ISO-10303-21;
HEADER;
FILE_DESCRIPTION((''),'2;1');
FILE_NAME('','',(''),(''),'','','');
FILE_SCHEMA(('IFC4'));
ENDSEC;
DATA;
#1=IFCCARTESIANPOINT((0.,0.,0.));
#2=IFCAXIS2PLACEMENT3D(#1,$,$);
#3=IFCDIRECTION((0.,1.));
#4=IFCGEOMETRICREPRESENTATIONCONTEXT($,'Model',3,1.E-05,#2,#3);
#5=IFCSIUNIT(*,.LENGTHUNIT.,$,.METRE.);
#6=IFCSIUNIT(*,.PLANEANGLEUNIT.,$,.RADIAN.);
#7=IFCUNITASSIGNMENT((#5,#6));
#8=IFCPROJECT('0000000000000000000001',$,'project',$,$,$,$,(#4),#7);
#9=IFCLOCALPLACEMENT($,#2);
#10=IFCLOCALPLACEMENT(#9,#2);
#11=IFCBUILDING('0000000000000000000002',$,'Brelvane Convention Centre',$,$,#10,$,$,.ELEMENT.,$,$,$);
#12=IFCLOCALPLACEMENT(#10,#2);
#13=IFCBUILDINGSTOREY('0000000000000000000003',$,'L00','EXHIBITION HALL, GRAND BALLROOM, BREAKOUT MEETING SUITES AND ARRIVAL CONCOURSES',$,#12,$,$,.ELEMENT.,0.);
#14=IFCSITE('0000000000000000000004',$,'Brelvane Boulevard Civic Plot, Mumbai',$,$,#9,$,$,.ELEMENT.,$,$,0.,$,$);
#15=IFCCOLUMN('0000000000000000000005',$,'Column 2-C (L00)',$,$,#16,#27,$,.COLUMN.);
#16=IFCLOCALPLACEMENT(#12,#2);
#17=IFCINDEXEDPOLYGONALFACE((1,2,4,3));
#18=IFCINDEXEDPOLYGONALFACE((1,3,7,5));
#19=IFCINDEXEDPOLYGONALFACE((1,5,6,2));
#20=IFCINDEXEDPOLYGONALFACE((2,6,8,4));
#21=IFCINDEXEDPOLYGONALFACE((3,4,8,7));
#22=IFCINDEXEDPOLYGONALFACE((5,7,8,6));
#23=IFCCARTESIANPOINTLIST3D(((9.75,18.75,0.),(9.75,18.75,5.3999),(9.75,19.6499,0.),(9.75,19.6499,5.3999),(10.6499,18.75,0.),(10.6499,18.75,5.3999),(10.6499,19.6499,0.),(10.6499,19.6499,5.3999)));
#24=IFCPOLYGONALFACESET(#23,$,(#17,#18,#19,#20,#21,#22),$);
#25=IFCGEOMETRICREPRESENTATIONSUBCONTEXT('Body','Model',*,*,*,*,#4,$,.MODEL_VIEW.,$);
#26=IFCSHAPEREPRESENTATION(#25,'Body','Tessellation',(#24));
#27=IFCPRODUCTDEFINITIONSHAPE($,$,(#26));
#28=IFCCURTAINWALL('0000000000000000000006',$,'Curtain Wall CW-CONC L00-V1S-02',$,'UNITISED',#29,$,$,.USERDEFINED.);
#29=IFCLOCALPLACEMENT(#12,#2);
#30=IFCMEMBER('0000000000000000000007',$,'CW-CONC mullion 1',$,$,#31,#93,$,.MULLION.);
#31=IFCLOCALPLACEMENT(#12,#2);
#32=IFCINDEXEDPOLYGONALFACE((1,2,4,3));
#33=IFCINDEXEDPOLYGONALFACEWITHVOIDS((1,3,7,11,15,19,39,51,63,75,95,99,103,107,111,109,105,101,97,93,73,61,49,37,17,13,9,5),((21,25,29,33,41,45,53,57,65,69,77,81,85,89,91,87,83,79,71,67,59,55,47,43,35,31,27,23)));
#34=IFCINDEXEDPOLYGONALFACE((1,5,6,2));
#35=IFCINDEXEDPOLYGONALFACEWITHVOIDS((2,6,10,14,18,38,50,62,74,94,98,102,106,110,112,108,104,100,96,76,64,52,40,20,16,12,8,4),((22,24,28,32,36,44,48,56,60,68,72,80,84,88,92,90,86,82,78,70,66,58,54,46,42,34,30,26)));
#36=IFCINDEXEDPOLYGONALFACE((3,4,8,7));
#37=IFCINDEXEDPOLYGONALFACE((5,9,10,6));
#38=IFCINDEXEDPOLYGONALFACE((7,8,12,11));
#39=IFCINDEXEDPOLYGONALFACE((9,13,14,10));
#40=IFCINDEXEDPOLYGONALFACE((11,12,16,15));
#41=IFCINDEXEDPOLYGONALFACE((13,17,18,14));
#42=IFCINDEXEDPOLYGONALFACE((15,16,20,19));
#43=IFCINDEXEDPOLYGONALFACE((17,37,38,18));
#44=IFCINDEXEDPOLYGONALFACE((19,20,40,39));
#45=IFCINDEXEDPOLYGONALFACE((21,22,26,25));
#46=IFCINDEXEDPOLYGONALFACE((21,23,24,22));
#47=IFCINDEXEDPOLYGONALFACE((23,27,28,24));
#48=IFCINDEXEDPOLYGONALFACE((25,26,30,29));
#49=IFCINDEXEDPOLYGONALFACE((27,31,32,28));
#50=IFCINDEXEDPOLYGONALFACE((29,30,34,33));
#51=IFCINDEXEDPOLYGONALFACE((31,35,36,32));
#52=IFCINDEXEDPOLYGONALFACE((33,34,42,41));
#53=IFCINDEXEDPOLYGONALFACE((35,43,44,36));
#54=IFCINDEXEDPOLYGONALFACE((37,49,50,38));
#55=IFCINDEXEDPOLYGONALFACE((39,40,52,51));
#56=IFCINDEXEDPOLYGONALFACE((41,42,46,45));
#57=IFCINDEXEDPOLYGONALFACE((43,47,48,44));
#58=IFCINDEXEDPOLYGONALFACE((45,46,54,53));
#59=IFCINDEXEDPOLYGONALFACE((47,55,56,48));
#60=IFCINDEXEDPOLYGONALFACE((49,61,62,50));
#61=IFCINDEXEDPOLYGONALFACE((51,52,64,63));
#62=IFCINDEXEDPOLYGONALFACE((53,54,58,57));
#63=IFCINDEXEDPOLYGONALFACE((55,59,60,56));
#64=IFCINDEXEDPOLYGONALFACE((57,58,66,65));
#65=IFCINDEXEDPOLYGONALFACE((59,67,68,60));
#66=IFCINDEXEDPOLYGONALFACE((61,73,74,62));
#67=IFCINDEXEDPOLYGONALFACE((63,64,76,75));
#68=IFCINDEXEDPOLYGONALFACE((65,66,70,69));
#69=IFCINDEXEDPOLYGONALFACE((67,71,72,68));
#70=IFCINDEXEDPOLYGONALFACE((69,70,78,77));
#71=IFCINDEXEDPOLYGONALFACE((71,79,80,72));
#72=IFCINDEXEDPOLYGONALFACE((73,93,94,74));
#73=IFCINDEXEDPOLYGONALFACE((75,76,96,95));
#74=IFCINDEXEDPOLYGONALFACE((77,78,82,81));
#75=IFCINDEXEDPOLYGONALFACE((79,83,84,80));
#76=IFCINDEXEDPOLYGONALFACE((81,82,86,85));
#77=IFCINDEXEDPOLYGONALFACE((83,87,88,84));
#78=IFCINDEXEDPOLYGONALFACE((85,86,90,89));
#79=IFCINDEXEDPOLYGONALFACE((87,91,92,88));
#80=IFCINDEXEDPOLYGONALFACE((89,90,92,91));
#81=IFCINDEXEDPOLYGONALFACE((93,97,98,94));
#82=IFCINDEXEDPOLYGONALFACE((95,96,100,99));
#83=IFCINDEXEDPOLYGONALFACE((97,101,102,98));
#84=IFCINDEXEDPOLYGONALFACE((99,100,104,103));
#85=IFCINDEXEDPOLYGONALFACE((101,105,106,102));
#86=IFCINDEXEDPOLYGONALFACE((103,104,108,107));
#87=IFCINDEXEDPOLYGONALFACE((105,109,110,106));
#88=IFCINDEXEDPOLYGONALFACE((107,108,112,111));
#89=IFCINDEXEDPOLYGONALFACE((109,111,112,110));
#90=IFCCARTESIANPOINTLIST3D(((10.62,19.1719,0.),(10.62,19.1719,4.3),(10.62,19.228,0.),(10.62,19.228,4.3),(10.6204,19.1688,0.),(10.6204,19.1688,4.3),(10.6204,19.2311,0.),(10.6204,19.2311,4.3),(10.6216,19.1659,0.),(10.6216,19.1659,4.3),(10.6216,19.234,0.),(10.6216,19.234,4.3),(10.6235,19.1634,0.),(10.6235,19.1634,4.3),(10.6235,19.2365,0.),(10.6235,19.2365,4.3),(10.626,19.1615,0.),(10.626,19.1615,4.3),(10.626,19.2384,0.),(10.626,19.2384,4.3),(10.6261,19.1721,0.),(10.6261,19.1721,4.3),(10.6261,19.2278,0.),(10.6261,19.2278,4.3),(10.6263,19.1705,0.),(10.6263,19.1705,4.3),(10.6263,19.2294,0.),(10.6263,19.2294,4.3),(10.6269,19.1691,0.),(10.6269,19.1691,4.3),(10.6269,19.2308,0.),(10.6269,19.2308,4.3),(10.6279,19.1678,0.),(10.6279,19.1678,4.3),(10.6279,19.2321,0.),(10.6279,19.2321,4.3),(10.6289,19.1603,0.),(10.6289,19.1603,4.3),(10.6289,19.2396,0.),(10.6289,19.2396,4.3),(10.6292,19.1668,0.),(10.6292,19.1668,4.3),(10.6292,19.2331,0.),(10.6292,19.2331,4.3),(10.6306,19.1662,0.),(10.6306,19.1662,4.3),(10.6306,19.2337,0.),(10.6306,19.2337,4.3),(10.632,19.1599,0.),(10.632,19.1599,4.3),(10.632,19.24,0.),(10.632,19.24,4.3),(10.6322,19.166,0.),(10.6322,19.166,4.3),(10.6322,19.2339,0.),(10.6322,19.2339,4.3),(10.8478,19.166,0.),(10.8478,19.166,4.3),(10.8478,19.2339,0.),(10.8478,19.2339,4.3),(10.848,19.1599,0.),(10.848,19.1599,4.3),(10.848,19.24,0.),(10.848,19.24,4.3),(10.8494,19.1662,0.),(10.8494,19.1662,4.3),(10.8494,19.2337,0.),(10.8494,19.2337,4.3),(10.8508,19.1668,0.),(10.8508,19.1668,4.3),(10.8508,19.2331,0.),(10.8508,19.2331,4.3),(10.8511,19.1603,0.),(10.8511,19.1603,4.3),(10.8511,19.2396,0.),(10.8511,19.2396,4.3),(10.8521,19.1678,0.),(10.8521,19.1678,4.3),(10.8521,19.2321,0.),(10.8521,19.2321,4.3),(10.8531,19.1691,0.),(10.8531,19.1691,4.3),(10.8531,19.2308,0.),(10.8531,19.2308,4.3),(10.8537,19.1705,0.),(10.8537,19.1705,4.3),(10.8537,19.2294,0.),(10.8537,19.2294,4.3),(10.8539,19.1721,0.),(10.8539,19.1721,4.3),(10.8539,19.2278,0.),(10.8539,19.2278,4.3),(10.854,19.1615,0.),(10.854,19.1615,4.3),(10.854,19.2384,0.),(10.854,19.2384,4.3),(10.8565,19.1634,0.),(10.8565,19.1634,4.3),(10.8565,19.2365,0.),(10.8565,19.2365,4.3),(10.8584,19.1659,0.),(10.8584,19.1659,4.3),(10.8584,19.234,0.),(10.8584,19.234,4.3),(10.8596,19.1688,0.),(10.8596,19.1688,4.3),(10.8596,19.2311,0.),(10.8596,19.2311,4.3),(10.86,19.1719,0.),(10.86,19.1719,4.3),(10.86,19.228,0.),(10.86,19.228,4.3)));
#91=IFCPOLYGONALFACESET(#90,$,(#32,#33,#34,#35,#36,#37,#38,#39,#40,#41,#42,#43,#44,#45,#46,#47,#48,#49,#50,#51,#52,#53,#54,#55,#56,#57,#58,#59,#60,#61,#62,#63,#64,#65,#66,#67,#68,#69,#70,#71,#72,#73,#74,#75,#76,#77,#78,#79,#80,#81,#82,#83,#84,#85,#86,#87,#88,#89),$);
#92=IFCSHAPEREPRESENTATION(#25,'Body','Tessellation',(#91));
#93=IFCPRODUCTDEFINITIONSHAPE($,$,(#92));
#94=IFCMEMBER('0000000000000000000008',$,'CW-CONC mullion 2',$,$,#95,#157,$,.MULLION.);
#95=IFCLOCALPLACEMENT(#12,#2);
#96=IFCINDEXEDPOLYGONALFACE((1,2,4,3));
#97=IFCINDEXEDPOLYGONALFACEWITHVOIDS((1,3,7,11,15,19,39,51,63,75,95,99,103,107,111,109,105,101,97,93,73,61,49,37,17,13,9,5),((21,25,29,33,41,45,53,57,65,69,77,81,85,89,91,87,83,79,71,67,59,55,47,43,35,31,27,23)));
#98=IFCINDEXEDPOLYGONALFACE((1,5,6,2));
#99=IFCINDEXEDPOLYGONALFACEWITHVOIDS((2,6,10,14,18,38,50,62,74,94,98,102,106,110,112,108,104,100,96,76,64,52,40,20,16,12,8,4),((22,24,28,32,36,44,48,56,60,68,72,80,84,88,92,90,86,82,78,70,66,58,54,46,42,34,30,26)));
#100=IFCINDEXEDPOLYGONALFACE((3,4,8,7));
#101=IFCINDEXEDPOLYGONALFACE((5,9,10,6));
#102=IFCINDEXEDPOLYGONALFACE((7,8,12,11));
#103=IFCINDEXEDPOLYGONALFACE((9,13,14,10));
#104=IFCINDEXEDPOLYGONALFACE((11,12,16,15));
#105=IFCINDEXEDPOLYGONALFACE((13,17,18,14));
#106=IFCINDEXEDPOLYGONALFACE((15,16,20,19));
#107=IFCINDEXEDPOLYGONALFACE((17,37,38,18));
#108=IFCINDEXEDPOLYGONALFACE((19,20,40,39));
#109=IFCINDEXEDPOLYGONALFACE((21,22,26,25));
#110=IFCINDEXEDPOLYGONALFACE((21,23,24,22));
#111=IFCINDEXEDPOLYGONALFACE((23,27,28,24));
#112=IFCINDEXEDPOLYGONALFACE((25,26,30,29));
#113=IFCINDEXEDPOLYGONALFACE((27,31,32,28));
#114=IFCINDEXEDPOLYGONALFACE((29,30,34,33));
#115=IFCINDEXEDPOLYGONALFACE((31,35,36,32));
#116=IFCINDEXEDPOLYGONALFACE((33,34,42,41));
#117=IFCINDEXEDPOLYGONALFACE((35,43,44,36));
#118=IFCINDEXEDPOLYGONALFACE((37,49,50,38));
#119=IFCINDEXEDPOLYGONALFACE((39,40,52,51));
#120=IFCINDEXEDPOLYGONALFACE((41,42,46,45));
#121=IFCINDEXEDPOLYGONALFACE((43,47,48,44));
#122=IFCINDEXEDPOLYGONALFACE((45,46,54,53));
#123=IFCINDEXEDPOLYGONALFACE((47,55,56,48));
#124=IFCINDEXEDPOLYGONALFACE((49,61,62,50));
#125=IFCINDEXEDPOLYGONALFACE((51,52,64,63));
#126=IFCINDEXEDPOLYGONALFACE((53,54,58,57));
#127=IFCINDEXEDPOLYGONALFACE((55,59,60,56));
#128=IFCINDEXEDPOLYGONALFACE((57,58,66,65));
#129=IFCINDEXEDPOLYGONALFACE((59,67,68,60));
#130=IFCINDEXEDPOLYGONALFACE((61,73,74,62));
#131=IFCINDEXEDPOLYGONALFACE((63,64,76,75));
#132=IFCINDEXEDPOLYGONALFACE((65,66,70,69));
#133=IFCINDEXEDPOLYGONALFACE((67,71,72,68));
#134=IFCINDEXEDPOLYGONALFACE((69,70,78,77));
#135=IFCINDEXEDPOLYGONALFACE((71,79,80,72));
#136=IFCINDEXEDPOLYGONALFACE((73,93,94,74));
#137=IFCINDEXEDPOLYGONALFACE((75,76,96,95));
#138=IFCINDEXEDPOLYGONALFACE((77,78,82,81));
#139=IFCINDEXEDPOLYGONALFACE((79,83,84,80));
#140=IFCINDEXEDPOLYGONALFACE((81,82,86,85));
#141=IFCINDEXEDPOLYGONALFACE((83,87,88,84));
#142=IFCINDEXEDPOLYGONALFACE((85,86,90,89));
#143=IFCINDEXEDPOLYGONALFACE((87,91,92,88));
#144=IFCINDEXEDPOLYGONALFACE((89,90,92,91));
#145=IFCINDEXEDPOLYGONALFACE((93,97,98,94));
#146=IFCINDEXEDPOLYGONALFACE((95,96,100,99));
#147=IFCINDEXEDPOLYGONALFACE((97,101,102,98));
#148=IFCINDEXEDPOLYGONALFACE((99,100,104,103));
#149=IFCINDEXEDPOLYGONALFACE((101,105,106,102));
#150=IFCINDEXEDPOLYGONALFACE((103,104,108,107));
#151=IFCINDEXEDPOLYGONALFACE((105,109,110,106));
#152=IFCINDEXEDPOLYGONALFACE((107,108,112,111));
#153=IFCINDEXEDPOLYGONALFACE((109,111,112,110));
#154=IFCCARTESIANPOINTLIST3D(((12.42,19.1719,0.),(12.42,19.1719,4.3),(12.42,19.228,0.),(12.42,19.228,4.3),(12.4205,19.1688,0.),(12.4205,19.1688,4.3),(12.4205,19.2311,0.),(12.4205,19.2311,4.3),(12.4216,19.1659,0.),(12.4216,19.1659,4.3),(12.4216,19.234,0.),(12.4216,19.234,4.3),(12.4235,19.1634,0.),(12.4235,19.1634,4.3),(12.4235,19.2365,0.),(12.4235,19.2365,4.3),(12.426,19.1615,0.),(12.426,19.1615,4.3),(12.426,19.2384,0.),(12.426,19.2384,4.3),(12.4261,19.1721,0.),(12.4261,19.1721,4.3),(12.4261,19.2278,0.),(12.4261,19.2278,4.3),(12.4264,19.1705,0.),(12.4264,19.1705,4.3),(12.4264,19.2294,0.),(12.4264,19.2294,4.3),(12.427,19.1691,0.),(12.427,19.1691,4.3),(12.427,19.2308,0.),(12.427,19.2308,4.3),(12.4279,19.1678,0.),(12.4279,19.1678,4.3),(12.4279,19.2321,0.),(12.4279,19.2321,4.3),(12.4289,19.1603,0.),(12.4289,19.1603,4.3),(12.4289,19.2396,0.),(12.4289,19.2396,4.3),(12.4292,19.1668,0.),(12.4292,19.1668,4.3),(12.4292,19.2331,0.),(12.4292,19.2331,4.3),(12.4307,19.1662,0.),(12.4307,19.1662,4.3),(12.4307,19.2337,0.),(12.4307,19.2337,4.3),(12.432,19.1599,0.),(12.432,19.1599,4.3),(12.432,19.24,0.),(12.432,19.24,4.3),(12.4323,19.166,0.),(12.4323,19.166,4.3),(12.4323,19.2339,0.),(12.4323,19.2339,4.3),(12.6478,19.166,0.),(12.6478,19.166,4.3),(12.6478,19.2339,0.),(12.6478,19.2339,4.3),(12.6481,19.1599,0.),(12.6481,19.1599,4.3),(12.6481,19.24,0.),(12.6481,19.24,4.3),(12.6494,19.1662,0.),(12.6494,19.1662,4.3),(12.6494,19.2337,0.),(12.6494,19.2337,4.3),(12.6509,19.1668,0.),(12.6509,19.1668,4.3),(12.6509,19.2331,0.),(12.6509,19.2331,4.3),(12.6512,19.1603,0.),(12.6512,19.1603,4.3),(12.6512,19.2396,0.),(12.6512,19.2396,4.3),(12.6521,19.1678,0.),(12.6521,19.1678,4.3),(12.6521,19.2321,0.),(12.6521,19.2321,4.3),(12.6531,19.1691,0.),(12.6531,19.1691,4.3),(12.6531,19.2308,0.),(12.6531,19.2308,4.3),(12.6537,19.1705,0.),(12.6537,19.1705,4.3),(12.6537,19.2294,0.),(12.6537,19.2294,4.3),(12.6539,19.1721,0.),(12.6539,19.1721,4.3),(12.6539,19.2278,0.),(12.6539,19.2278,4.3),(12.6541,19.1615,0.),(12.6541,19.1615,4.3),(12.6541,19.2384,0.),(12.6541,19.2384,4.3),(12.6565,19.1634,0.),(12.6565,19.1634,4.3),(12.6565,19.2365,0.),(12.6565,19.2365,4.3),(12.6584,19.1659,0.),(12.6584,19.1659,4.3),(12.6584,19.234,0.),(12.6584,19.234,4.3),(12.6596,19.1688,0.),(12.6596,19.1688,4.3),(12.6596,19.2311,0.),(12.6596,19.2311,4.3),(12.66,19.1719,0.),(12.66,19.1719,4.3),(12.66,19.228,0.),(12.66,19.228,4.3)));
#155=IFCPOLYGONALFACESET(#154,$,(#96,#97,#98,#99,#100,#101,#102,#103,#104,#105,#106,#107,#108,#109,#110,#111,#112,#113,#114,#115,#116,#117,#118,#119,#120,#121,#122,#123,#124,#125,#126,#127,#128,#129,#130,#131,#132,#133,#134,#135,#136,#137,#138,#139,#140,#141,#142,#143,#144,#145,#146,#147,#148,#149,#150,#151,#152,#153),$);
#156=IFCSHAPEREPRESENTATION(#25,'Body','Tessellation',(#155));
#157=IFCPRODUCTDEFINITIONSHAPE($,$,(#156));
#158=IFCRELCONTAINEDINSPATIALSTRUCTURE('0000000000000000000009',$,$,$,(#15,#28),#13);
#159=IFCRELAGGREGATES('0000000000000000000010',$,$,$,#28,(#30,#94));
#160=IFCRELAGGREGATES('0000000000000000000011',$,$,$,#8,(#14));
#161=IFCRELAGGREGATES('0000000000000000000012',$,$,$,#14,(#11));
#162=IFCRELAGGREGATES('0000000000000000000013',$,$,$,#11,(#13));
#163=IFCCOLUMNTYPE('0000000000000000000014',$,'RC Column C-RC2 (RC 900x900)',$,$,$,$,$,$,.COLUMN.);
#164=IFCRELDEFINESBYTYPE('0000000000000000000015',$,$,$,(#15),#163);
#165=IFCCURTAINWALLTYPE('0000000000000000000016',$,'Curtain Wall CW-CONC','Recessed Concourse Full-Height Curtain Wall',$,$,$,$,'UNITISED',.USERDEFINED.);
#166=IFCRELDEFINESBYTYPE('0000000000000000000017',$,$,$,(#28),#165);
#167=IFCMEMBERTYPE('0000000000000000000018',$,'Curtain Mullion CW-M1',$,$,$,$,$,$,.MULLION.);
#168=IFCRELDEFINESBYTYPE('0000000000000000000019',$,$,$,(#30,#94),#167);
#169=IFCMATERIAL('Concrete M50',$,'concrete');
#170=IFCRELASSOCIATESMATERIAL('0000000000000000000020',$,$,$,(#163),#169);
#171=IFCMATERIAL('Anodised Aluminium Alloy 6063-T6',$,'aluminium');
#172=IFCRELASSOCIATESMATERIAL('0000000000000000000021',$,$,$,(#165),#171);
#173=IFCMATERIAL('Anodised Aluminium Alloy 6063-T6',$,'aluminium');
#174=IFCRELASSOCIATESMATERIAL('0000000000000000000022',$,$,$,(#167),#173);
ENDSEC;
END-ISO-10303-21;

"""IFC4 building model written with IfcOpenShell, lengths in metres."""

from ifc_helpers import new_model, si_unit, direction, frame, origin, origin_2d, place, context, subcontext, project, spatial, rectangle, hollow_rectangle, extrude, material, material_profile, profile_set, type_object, element, aggregate, save


model = new_model("IFC4")

# Units and contexts
model_context = context("Model", 3, precision=1e-05, world=origin(), true_north=direction((0.0, 1.0)))
body_context = subcontext(model_context, "Body", "Model", "MODEL_VIEW")
ifc_project = project(units=[si_unit("LENGTHUNIT", "METRE"), si_unit("PLANEANGLEUNIT", "RADIAN")], contexts=[model_context])

# Site, building, storey
site_placement = place(None, origin())
site = spatial("IfcSite", under=ifc_project, at=site_placement, Name="Brelvane Boulevard Civic Plot, Mumbai", CompositionType="ELEMENT", RefElevation=0.0)
building_placement = place(site_placement, origin())
building = spatial("IfcBuilding", under=site, at=building_placement, Name="Brelvane Convention Centre", CompositionType="ELEMENT")
storey_placement = place(building_placement, origin())
storey = spatial("IfcBuildingStorey", under=building, at=storey_placement, Name="L00", Description="EXHIBITION HALL, GRAND BALLROOM, BREAKOUT MEETING SUITES AND ARRIVAL CONCOURSES", CompositionType="ELEMENT", Elevation=0.0)

# Column
ifc_material_1 = material(Name="Concrete M50", Category="concrete")
ifc_material_profile_1 = material_profile(ifc_material_1, rectangle(XDim=0.8999, YDim=0.8999, at=origin_2d()), Name="RC 900x900")
ifc_profile_set_1 = profile_set([ifc_material_profile_1], Name="Concrete M50")
column_type = type_object("IfcColumnType", Name="RC Column C-RC2 (RC 900x900)", PredefinedType="COLUMN", material=ifc_profile_set_1)
column_placement = place(storey_placement, frame((10.2, 19.2, 0.0), z_axis=(0.0, 0.0, 1.0), x_axis=(1.0, 0.0, 0.0)))
element("IfcColumn", 1, at=column_placement, inside=storey, type_object=column_type, Name="Column 2-C (L00)", PredefinedType="COLUMN", context=body_context, shape_type="SweptSolid", body=[
    extrude(rectangle(XDim=0.8999, YDim=0.8999, at=origin_2d()), origin(), (0.0, 0.0, 1.0), 5.3999),
])

# Curtain wall, members
ifc_material_2 = material(Name="Anodised Aluminium Alloy 6063-T6", Category="aluminium")
curtain_wall_type = type_object("IfcCurtainWallType", Name="Curtain Wall CW-CONC", Description="Recessed Concourse Full-Height Curtain Wall", ElementType="UNITISED", PredefinedType="USERDEFINED", material=ifc_material_2)
curtain_wall_placement = place(storey_placement, origin())
curtain_wall = element("IfcCurtainWall", 2, at=curtain_wall_placement, inside=storey, type_object=curtain_wall_type, Name="Curtain Wall CW-CONC L00-V1S-02", ObjectType="UNITISED", PredefinedType="USERDEFINED")
ifc_material_3 = material(Name="Anodised Aluminium Alloy 6063-T6", Category="aluminium")
ifc_material_profile_2 = material_profile(ifc_material_3, hollow_rectangle(XDim=0.0801, YDim=0.24, WallThickness=0.0061, InnerFilletRadius=0.0061, OuterFilletRadius=0.012, at=origin_2d()), Name="ALU-M 240x80x6.0")
ifc_profile_set_2 = profile_set([ifc_material_profile_2], Name="Anodised Aluminium Alloy 6063-T6")
member_type_1 = type_object("IfcMemberType", Name="Curtain Mullion CW-M1", PredefinedType="MULLION", material=ifc_profile_set_2)
member_1_placement = place(storey_placement, frame((10.74, 19.2, 0.0), z_axis=(0.0, 0.0, 1.0), x_axis=(0.0, 1.0, 0.0)))
member_1 = element("IfcMember", 3, at=member_1_placement, type_object=member_type_1, Name="CW-CONC mullion 1", PredefinedType="MULLION", context=body_context, shape_type="SweptSolid", body=[
    extrude(hollow_rectangle(XDim=0.0801, YDim=0.24, WallThickness=0.0061, InnerFilletRadius=0.0061, OuterFilletRadius=0.012, at=origin_2d()), origin(), (0.0, 0.0, 1.0), 4.3),
])
member_2_placement = place(storey_placement, frame((12.54, 19.2, 0.0), z_axis=(0.0, 0.0, 1.0), x_axis=(0.0, 1.0, 0.0)))
member_2 = element("IfcMember", 4, at=member_2_placement, type_object=member_type_1, Name="CW-CONC mullion 2", PredefinedType="MULLION", context=body_context, shape_type="SweptSolid", body=[
    extrude(hollow_rectangle(XDim=0.0801, YDim=0.24, WallThickness=0.0061, InnerFilletRadius=0.0061, OuterFilletRadius=0.012, at=origin_2d()), origin(), (0.0, 0.0, 1.0), 4.3),
])

aggregate(curtain_wall, [member_1, member_2])

save(model, "model.ifc")
